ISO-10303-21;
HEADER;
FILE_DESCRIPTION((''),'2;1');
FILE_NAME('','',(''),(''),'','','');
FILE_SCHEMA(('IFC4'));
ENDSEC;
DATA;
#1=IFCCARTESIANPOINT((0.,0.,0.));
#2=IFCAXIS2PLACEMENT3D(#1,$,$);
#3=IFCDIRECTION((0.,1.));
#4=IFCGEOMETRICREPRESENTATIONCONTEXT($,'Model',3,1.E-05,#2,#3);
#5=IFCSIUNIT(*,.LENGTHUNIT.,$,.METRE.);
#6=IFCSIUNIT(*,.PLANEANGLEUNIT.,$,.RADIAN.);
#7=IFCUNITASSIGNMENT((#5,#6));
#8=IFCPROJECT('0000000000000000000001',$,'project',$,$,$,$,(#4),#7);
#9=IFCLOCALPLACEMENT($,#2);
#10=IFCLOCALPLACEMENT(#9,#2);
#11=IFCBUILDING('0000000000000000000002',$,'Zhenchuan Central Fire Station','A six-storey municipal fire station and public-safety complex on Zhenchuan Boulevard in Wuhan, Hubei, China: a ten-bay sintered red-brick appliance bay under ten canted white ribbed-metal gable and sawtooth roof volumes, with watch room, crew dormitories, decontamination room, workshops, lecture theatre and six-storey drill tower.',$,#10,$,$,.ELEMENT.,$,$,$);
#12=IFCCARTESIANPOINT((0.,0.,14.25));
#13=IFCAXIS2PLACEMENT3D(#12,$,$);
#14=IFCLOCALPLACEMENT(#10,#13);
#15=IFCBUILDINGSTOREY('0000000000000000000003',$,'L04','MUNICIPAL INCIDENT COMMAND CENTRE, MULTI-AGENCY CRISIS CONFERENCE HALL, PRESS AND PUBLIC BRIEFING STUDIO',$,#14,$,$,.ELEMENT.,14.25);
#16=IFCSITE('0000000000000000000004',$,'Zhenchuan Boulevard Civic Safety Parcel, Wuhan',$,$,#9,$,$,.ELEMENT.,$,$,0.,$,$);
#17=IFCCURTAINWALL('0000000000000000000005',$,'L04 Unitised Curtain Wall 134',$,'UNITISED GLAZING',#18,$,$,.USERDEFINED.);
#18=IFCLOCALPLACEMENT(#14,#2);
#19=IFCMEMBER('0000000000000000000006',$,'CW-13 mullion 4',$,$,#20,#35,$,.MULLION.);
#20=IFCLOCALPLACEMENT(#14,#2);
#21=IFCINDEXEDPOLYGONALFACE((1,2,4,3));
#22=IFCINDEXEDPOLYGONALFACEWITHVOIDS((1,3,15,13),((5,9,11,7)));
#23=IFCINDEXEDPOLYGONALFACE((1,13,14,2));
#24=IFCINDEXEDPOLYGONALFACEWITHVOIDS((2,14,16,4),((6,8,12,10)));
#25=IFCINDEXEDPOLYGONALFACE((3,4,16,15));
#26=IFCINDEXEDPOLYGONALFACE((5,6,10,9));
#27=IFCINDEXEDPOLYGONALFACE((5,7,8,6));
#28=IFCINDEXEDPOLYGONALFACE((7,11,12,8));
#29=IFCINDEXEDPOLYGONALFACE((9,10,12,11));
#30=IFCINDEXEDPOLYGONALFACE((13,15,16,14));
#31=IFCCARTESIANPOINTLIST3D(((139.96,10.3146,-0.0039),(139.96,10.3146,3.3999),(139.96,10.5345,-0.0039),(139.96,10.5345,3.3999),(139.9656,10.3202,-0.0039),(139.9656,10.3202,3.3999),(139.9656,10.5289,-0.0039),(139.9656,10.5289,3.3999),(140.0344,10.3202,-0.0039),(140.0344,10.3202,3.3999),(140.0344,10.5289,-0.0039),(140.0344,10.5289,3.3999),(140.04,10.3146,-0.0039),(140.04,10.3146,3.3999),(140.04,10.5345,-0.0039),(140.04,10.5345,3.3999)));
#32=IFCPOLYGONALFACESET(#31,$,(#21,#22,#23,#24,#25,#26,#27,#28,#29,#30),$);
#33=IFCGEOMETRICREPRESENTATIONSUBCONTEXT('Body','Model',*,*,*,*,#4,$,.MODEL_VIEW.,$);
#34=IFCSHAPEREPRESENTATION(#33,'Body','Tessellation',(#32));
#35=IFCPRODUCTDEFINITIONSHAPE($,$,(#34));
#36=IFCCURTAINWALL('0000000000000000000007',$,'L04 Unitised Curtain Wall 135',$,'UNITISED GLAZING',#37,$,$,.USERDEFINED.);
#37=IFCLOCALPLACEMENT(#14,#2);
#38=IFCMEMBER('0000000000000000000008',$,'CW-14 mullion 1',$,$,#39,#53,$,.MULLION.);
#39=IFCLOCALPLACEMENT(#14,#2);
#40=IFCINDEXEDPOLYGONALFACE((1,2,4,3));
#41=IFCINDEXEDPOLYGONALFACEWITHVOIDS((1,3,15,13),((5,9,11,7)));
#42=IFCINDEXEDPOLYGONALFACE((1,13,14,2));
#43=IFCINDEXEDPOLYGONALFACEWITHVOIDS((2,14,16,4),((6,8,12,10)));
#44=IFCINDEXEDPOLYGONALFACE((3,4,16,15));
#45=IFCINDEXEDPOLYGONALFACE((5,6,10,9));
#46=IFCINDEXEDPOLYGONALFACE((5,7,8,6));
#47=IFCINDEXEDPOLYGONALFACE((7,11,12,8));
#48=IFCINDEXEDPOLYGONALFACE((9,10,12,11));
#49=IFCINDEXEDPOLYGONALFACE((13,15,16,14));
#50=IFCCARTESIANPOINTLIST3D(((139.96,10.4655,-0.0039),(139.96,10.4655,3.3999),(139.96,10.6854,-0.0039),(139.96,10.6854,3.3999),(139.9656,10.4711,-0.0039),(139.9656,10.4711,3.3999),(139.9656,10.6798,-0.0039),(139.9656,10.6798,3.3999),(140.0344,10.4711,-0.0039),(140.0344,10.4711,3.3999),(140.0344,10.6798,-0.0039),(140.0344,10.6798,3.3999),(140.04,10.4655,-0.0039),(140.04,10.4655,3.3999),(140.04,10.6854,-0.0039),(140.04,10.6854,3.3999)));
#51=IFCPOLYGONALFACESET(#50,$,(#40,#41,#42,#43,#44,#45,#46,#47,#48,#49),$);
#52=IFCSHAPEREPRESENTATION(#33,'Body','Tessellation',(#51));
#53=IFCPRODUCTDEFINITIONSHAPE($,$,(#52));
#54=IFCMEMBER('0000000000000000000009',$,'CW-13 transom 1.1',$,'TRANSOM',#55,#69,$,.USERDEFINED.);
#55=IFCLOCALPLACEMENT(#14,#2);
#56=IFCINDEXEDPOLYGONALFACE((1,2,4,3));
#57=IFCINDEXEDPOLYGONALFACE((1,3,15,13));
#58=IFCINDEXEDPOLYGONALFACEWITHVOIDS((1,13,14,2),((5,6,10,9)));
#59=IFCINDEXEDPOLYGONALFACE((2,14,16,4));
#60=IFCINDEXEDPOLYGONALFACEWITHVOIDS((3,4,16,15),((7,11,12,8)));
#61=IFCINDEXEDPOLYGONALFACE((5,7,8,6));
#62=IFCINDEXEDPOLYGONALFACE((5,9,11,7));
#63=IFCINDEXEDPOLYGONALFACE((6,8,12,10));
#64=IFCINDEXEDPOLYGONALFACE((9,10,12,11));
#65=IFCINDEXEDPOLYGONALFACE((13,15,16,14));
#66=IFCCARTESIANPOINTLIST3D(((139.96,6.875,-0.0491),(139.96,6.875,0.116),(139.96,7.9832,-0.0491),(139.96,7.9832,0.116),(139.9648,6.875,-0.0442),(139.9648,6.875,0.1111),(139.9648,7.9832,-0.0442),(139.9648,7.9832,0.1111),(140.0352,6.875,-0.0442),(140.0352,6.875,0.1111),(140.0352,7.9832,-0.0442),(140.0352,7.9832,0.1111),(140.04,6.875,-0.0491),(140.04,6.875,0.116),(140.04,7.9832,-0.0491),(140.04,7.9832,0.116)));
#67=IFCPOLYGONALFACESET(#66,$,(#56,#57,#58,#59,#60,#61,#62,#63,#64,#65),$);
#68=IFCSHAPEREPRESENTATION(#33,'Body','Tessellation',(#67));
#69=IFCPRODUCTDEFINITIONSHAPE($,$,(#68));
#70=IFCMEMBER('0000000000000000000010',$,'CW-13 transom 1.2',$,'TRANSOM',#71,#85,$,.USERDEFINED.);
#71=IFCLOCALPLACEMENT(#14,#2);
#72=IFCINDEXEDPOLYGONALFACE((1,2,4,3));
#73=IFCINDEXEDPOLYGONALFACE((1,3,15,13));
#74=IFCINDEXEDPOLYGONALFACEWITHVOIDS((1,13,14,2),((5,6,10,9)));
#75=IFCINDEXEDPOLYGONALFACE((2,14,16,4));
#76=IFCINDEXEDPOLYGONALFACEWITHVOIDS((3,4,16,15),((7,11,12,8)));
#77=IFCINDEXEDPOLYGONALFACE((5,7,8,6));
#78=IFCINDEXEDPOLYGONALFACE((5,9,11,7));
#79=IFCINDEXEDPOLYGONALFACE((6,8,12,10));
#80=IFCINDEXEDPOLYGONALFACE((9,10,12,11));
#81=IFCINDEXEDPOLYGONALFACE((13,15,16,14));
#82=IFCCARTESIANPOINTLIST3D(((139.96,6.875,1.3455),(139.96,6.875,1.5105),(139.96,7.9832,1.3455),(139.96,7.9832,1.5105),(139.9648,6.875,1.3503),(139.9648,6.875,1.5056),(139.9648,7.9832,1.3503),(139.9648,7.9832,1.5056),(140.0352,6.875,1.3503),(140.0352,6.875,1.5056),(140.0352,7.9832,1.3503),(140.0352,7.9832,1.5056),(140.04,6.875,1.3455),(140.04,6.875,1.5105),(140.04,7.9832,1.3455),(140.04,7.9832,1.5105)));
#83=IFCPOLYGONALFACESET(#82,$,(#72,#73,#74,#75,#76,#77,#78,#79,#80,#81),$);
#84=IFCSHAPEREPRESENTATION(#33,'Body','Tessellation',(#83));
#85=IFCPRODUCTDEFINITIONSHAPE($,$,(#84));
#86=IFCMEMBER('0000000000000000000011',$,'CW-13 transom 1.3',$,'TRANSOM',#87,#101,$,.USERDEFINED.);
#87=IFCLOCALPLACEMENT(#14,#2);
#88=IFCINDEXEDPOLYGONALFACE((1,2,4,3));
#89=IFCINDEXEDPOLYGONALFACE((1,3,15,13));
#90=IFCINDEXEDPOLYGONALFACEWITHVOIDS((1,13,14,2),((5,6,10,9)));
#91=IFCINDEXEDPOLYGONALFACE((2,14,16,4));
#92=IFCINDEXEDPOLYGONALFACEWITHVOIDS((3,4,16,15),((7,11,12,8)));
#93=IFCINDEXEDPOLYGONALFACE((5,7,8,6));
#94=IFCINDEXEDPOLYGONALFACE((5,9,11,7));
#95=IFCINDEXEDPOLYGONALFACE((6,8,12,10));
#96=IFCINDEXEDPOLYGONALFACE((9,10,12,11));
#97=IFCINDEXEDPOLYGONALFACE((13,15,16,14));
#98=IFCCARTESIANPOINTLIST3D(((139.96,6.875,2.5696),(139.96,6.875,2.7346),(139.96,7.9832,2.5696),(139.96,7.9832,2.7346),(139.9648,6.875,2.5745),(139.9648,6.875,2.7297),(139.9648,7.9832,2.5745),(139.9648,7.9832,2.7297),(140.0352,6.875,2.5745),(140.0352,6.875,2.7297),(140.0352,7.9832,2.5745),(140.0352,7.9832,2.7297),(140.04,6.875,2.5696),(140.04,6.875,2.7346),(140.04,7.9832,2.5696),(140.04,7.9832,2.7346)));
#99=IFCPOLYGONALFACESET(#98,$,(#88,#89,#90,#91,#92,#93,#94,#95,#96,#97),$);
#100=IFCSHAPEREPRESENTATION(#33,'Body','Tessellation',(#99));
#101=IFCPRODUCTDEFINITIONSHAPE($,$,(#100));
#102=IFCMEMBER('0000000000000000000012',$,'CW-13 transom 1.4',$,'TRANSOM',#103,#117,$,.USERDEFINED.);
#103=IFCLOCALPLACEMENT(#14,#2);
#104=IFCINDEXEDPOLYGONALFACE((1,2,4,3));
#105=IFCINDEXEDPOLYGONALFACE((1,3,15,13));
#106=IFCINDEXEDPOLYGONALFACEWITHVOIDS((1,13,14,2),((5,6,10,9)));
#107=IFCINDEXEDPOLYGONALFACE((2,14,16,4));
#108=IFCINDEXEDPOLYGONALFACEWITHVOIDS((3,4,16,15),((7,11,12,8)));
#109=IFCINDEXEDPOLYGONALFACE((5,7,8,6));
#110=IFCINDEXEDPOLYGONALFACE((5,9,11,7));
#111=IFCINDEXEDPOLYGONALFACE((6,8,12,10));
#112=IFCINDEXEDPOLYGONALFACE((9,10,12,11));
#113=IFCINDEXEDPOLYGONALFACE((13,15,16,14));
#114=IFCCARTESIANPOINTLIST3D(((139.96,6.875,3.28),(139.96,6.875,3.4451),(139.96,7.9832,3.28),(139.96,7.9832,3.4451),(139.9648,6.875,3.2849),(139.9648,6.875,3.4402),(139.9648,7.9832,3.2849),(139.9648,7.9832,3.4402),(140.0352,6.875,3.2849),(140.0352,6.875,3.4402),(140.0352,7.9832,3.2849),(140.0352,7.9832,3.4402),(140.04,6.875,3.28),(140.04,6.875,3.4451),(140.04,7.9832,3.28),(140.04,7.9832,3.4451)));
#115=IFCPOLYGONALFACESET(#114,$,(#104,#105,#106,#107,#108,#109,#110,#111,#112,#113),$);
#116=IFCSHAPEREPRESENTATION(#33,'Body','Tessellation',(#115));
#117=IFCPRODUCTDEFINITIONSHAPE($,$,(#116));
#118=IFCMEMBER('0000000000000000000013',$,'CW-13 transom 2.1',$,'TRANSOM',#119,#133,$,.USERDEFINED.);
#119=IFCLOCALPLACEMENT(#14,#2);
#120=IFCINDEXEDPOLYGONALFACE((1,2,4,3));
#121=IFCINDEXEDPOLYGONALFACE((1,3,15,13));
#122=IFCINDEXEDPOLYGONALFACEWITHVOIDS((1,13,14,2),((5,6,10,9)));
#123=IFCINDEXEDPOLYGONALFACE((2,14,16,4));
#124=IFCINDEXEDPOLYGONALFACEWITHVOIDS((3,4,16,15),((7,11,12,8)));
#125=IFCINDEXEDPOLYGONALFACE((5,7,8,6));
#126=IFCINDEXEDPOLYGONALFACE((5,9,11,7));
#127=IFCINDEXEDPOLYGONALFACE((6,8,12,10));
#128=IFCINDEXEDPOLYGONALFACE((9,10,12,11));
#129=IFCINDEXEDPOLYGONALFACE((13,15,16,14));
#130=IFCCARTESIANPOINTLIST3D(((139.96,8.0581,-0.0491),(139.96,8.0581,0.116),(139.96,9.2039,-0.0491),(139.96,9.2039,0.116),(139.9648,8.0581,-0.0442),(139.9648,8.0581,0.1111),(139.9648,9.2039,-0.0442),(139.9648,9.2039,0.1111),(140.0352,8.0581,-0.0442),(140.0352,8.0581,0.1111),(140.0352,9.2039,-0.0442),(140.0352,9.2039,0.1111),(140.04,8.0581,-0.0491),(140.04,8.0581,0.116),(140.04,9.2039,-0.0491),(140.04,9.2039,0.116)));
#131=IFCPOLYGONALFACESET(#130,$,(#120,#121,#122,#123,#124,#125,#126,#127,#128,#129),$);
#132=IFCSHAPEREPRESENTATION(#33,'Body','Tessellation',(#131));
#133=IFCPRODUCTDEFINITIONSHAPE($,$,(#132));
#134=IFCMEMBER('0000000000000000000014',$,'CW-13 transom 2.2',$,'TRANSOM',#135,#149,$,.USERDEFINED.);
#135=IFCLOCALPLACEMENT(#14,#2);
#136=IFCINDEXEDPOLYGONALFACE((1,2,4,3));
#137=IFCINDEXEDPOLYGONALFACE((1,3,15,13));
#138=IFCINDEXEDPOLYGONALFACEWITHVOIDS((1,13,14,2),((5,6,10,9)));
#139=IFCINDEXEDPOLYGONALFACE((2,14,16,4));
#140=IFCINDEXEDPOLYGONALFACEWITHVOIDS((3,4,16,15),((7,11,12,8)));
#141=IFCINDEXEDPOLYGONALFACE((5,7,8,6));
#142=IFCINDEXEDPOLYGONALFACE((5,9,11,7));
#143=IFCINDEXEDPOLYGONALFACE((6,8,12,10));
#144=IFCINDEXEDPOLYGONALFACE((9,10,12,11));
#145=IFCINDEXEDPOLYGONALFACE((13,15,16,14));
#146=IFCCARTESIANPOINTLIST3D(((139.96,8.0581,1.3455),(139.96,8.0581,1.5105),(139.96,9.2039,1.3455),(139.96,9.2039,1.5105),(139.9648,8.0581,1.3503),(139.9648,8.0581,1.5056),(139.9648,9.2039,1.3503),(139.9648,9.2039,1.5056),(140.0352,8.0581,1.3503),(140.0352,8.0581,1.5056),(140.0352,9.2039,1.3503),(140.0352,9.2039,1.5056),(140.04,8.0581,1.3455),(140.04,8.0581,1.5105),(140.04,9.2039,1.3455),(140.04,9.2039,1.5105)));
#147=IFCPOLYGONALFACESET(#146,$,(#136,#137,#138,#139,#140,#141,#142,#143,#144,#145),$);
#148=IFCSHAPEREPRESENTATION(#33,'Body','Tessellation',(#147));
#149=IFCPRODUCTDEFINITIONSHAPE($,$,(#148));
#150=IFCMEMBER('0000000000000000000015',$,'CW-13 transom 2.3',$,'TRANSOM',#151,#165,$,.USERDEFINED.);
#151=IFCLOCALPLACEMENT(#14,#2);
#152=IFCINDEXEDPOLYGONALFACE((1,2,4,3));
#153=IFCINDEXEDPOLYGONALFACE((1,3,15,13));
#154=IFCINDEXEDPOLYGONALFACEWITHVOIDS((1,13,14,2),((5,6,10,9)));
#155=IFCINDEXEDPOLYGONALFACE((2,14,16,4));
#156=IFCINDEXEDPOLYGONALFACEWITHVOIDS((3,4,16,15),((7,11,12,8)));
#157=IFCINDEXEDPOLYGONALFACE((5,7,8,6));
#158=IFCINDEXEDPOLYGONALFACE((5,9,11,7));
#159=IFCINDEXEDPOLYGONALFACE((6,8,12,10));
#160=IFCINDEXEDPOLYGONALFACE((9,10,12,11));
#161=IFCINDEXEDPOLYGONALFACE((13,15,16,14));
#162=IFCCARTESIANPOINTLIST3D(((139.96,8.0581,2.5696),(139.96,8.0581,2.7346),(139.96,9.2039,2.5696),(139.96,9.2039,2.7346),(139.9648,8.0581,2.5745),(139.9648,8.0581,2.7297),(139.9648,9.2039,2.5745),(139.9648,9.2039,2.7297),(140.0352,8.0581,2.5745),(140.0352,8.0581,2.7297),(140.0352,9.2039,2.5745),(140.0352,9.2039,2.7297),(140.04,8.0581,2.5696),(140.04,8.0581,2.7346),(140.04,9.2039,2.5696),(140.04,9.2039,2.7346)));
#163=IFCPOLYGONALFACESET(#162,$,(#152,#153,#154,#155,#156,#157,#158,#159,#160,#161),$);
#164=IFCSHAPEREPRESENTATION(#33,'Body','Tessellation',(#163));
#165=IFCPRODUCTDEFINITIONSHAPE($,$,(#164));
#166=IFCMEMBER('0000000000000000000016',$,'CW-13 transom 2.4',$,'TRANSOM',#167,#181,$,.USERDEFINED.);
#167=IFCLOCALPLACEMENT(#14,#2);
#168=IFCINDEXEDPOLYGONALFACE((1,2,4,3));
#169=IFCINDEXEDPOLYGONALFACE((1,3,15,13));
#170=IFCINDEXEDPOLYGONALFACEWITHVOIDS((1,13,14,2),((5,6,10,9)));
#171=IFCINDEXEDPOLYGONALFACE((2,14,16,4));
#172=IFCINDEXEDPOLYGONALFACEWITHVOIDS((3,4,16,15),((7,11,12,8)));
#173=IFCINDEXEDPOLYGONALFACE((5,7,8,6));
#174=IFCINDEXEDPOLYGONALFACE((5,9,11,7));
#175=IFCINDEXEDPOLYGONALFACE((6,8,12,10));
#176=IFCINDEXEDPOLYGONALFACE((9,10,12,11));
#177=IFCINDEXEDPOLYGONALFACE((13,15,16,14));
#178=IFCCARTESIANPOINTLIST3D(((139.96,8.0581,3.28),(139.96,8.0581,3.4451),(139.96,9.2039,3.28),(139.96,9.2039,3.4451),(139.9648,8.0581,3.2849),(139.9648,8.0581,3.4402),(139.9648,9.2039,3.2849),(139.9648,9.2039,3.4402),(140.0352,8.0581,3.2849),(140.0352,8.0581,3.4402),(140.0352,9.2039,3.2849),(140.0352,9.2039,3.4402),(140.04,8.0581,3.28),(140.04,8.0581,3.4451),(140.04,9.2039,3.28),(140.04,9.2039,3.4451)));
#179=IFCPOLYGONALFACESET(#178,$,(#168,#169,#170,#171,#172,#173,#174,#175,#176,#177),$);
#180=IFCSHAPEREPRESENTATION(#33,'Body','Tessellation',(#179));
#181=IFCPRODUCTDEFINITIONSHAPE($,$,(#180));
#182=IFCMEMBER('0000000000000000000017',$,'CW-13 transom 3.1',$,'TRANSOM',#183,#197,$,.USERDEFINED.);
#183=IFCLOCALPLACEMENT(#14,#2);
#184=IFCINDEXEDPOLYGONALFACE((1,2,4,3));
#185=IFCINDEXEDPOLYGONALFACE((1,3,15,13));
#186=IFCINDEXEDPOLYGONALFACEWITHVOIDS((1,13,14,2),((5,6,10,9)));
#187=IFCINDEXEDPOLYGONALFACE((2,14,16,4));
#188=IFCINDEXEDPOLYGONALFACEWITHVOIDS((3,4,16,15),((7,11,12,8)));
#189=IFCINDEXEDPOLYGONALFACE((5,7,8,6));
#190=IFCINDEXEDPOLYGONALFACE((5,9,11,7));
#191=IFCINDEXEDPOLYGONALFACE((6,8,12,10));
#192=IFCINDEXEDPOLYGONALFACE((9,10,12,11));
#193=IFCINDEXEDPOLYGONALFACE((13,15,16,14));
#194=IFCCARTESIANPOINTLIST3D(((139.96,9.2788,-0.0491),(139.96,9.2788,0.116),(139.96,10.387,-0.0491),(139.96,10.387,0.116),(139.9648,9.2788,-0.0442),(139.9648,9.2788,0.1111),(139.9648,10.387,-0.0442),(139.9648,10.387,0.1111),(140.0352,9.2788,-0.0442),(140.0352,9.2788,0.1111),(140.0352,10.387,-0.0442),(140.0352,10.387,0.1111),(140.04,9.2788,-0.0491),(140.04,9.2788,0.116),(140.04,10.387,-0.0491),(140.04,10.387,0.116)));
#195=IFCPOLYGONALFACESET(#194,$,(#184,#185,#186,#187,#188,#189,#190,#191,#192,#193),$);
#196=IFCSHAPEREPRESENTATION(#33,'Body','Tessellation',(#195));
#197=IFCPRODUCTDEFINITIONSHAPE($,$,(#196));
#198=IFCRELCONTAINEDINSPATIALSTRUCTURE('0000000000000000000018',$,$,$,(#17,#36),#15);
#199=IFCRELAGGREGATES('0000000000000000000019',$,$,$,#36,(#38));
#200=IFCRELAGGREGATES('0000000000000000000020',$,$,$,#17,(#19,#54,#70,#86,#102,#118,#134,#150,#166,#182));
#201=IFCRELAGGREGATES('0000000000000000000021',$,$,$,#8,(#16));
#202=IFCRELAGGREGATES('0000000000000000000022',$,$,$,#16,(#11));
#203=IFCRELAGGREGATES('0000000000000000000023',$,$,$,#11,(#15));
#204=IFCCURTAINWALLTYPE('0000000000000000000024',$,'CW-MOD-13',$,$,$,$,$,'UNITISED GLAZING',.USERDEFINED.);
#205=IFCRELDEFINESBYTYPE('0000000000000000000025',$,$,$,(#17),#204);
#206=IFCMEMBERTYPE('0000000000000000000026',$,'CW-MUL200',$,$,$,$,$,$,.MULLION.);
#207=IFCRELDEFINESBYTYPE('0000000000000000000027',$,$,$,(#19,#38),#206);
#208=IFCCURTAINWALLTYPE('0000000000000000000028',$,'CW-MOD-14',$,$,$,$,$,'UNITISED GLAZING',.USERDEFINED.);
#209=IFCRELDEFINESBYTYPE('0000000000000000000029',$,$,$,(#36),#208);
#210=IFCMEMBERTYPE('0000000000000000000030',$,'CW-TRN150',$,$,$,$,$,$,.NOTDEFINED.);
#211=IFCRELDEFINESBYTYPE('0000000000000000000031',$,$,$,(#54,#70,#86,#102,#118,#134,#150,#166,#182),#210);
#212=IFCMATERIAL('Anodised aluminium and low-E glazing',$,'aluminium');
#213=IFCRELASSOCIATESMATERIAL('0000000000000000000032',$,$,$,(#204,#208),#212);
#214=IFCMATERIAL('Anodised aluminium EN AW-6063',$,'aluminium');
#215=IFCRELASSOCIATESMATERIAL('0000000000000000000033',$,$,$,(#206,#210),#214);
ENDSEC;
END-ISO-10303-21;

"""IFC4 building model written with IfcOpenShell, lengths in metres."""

from ifc_helpers import new_model, si_unit, direction, frame, origin, origin_2d, place, context, subcontext, project, spatial, hollow_rectangle, extrude, material, material_profile, profile_set, type_object, element, aggregate, save


model = new_model("IFC4")

# Units and contexts
model_context = context("Model", 3, precision=1e-05, world=origin(), true_north=direction((0.0, 1.0)))
body_context = subcontext(model_context, "Body", "Model", "MODEL_VIEW")
ifc_project = project(units=[si_unit("LENGTHUNIT", "METRE"), si_unit("PLANEANGLEUNIT", "RADIAN")], contexts=[model_context])

# Site, building, storey
site_placement = place(None, origin())
site = spatial("IfcSite", under=ifc_project, at=site_placement, Name="Zhenchuan Boulevard Civic Safety Parcel, Wuhan", CompositionType="ELEMENT", RefElevation=0.0)
building_placement = place(site_placement, origin())
building = spatial("IfcBuilding", under=site, at=building_placement, Name="Zhenchuan Central Fire Station", Description="A six-storey municipal fire station and public-safety complex on Zhenchuan Boulevard in Wuhan, Hubei, China: a ten-bay sintered red-brick appliance bay under ten canted white ribbed-metal gable and sawtooth roof volumes, with watch room, crew dormitories, decontamination room, workshops, lecture theatre and six-storey drill tower.", CompositionType="ELEMENT")
storey_placement = place(building_placement, frame((0.0, 0.0, 14.25)))
storey = spatial("IfcBuildingStorey", under=building, at=storey_placement, Name="L04", Description="MUNICIPAL INCIDENT COMMAND CENTRE, MULTI-AGENCY CRISIS CONFERENCE HALL, PRESS AND PUBLIC BRIEFING STUDIO", CompositionType="ELEMENT", Elevation=14.25)

# Curtain walls, members
ifc_material_1 = material(Name="Anodised aluminium and low-E glazing", Category="aluminium")
curtain_wall_type_1 = type_object("IfcCurtainWallType", Name="CW-MOD-13", ElementType="UNITISED GLAZING", PredefinedType="USERDEFINED", material=ifc_material_1)
curtain_wall_1_placement = place(storey_placement, origin())
curtain_wall_1 = element("IfcCurtainWall", 1, at=curtain_wall_1_placement, inside=storey, type_object=curtain_wall_type_1, Name="L04 Unitised Curtain Wall 134", ObjectType="UNITISED GLAZING", PredefinedType="USERDEFINED")
ifc_material_2 = material(Name="Anodised aluminium EN AW-6063", Category="aluminium")
ifc_material_profile_1 = material_profile(ifc_material_2, hollow_rectangle(XDim=0.0801, YDim=0.22, WallThickness=0.0056, at=origin_2d()), Name="ALU-M 220x80")
ifc_profile_set_1 = profile_set([ifc_material_profile_1], Name="Anodised aluminium EN AW-6063")
member_type_1 = type_object("IfcMemberType", Name="CW-MUL200", PredefinedType="MULLION", material=ifc_profile_set_1)
member_1_placement = place(storey_placement, frame((140.0, 10.4246, -0.0039), z_axis=(0.0, 0.0, 1.0), x_axis=(-1.0, 0.0, 0.0)))
member_1 = element("IfcMember", 2, at=member_1_placement, type_object=member_type_1, Name="CW-13 mullion 4", PredefinedType="MULLION", context=body_context, shape_type="SweptSolid", body=[
    extrude(hollow_rectangle(XDim=0.0801, YDim=0.22, WallThickness=0.0056, at=origin_2d()), origin(), (0.0, 0.0, 1.0), 3.4038),
])
curtain_wall_type_2 = type_object("IfcCurtainWallType", Name="CW-MOD-14", ElementType="UNITISED GLAZING", PredefinedType="USERDEFINED", material=ifc_material_1)
curtain_wall_2_placement = place(storey_placement, origin())
curtain_wall_2 = element("IfcCurtainWall", 3, at=curtain_wall_2_placement, inside=storey, type_object=curtain_wall_type_2, Name="L04 Unitised Curtain Wall 135", ObjectType="UNITISED GLAZING", PredefinedType="USERDEFINED")
member_2_placement = place(storey_placement, frame((140.0, 10.5754, -0.0039), z_axis=(0.0, 0.0, 1.0), x_axis=(-1.0, 0.0, 0.0)))
member_2 = element("IfcMember", 4, at=member_2_placement, type_object=member_type_1, Name="CW-14 mullion 1", PredefinedType="MULLION", context=body_context, shape_type="SweptSolid", body=[
    extrude(hollow_rectangle(XDim=0.0801, YDim=0.22, WallThickness=0.0056, at=origin_2d()), origin(), (0.0, 0.0, 1.0), 3.4038),
])

# Members
ifc_material_profile_2 = material_profile(ifc_material_2, hollow_rectangle(XDim=0.0801, YDim=0.165, WallThickness=0.0049, at=origin_2d()), Name="ALU-T 165x80")
ifc_profile_set_2 = profile_set([ifc_material_profile_2], Name="Anodised aluminium EN AW-6063")
member_type_2 = type_object("IfcMemberType", Name="CW-TRN150", PredefinedType="NOTDEFINED", material=ifc_profile_set_2)
member_3_placement = place(storey_placement, frame((140.0, 6.875, 0.0334), z_axis=(0.0, 1.0, 0.0), x_axis=(-1.0, 0.0, 0.0)))
member_3 = element("IfcMember", 5, at=member_3_placement, type_object=member_type_2, Name="CW-13 transom 1.1", ObjectType="TRANSOM", PredefinedType="USERDEFINED", context=body_context, shape_type="SweptSolid", body=[
    extrude(hollow_rectangle(XDim=0.0801, YDim=0.165, WallThickness=0.0049, at=origin_2d()), origin(), (0.0, 0.0, 1.0), 1.1082),
])
member_4_placement = place(storey_placement, frame((140.0, 6.875, 1.428), z_axis=(0.0, 1.0, 0.0), x_axis=(-1.0, 0.0, 0.0)))
member_4 = element("IfcMember", 6, at=member_4_placement, type_object=member_type_2, Name="CW-13 transom 1.2", ObjectType="TRANSOM", PredefinedType="USERDEFINED", context=body_context, shape_type="SweptSolid", body=[
    extrude(hollow_rectangle(XDim=0.0801, YDim=0.165, WallThickness=0.0049, at=origin_2d()), origin(), (0.0, 0.0, 1.0), 1.1082),
])
member_5_placement = place(storey_placement, frame((140.0, 6.875, 2.6521), z_axis=(0.0, 1.0, 0.0), x_axis=(-1.0, 0.0, 0.0)))
member_5 = element("IfcMember", 7, at=member_5_placement, type_object=member_type_2, Name="CW-13 transom 1.3", ObjectType="TRANSOM", PredefinedType="USERDEFINED", context=body_context, shape_type="SweptSolid", body=[
    extrude(hollow_rectangle(XDim=0.0801, YDim=0.165, WallThickness=0.0049, at=origin_2d()), origin(), (0.0, 0.0, 1.0), 1.1082),
])
member_6_placement = place(storey_placement, frame((140.0, 6.875, 3.3625), z_axis=(0.0, 1.0, 0.0), x_axis=(-1.0, 0.0, 0.0)))
member_6 = element("IfcMember", 8, at=member_6_placement, type_object=member_type_2, Name="CW-13 transom 1.4", ObjectType="TRANSOM", PredefinedType="USERDEFINED", context=body_context, shape_type="SweptSolid", body=[
    extrude(hollow_rectangle(XDim=0.0801, YDim=0.165, WallThickness=0.0049, at=origin_2d()), origin(), (0.0, 0.0, 1.0), 1.1082),
])
member_7_placement = place(storey_placement, frame((140.0, 8.0581, 0.0334), z_axis=(0.0, 1.0, 0.0), x_axis=(-1.0, 0.0, 0.0)))
member_7 = element("IfcMember", 9, at=member_7_placement, type_object=member_type_2, Name="CW-13 transom 2.1", ObjectType="TRANSOM", PredefinedType="USERDEFINED", context=body_context, shape_type="SweptSolid", body=[
    extrude(hollow_rectangle(XDim=0.0801, YDim=0.165, WallThickness=0.0049, at=origin_2d()), origin(), (0.0, 0.0, 1.0), 1.1458),
])
member_8_placement = place(storey_placement, frame((140.0, 8.0581, 1.428), z_axis=(0.0, 1.0, 0.0), x_axis=(-1.0, 0.0, 0.0)))
member_8 = element("IfcMember", 10, at=member_8_placement, type_object=member_type_2, Name="CW-13 transom 2.2", ObjectType="TRANSOM", PredefinedType="USERDEFINED", context=body_context, shape_type="SweptSolid", body=[
    extrude(hollow_rectangle(XDim=0.0801, YDim=0.165, WallThickness=0.0049, at=origin_2d()), origin(), (0.0, 0.0, 1.0), 1.1458),
])
member_9_placement = place(storey_placement, frame((140.0, 8.0581, 2.6521), z_axis=(0.0, 1.0, 0.0), x_axis=(-1.0, 0.0, 0.0)))
member_9 = element("IfcMember", 11, at=member_9_placement, type_object=member_type_2, Name="CW-13 transom 2.3", ObjectType="TRANSOM", PredefinedType="USERDEFINED", context=body_context, shape_type="SweptSolid", body=[
    extrude(hollow_rectangle(XDim=0.0801, YDim=0.165, WallThickness=0.0049, at=origin_2d()), origin(), (0.0, 0.0, 1.0), 1.1458),
])
member_10_placement = place(storey_placement, frame((140.0, 8.0581, 3.3625), z_axis=(0.0, 1.0, 0.0), x_axis=(-1.0, 0.0, 0.0)))
member_10 = element("IfcMember", 12, at=member_10_placement, type_object=member_type_2, Name="CW-13 transom 2.4", ObjectType="TRANSOM", PredefinedType="USERDEFINED", context=body_context, shape_type="SweptSolid", body=[
    extrude(hollow_rectangle(XDim=0.0801, YDim=0.165, WallThickness=0.0049, at=origin_2d()), origin(), (0.0, 0.0, 1.0), 1.1458),
])
member_11_placement = place(storey_placement, frame((140.0, 9.2788, 0.0334), z_axis=(0.0, 1.0, 0.0), x_axis=(-1.0, 0.0, 0.0)))
member_11 = element("IfcMember", 13, at=member_11_placement, type_object=member_type_2, Name="CW-13 transom 3.1", ObjectType="TRANSOM", PredefinedType="USERDEFINED", context=body_context, shape_type="SweptSolid", body=[
    extrude(hollow_rectangle(XDim=0.0801, YDim=0.165, WallThickness=0.0049, at=origin_2d()), origin(), (0.0, 0.0, 1.0), 1.1082),
])
aggregate(curtain_wall_2, [member_2])

aggregate(curtain_wall_1, [member_1, member_3, member_4, member_5, member_6, member_7, member_8, member_9, member_10, member_11])

save(model, "model.ifc")
